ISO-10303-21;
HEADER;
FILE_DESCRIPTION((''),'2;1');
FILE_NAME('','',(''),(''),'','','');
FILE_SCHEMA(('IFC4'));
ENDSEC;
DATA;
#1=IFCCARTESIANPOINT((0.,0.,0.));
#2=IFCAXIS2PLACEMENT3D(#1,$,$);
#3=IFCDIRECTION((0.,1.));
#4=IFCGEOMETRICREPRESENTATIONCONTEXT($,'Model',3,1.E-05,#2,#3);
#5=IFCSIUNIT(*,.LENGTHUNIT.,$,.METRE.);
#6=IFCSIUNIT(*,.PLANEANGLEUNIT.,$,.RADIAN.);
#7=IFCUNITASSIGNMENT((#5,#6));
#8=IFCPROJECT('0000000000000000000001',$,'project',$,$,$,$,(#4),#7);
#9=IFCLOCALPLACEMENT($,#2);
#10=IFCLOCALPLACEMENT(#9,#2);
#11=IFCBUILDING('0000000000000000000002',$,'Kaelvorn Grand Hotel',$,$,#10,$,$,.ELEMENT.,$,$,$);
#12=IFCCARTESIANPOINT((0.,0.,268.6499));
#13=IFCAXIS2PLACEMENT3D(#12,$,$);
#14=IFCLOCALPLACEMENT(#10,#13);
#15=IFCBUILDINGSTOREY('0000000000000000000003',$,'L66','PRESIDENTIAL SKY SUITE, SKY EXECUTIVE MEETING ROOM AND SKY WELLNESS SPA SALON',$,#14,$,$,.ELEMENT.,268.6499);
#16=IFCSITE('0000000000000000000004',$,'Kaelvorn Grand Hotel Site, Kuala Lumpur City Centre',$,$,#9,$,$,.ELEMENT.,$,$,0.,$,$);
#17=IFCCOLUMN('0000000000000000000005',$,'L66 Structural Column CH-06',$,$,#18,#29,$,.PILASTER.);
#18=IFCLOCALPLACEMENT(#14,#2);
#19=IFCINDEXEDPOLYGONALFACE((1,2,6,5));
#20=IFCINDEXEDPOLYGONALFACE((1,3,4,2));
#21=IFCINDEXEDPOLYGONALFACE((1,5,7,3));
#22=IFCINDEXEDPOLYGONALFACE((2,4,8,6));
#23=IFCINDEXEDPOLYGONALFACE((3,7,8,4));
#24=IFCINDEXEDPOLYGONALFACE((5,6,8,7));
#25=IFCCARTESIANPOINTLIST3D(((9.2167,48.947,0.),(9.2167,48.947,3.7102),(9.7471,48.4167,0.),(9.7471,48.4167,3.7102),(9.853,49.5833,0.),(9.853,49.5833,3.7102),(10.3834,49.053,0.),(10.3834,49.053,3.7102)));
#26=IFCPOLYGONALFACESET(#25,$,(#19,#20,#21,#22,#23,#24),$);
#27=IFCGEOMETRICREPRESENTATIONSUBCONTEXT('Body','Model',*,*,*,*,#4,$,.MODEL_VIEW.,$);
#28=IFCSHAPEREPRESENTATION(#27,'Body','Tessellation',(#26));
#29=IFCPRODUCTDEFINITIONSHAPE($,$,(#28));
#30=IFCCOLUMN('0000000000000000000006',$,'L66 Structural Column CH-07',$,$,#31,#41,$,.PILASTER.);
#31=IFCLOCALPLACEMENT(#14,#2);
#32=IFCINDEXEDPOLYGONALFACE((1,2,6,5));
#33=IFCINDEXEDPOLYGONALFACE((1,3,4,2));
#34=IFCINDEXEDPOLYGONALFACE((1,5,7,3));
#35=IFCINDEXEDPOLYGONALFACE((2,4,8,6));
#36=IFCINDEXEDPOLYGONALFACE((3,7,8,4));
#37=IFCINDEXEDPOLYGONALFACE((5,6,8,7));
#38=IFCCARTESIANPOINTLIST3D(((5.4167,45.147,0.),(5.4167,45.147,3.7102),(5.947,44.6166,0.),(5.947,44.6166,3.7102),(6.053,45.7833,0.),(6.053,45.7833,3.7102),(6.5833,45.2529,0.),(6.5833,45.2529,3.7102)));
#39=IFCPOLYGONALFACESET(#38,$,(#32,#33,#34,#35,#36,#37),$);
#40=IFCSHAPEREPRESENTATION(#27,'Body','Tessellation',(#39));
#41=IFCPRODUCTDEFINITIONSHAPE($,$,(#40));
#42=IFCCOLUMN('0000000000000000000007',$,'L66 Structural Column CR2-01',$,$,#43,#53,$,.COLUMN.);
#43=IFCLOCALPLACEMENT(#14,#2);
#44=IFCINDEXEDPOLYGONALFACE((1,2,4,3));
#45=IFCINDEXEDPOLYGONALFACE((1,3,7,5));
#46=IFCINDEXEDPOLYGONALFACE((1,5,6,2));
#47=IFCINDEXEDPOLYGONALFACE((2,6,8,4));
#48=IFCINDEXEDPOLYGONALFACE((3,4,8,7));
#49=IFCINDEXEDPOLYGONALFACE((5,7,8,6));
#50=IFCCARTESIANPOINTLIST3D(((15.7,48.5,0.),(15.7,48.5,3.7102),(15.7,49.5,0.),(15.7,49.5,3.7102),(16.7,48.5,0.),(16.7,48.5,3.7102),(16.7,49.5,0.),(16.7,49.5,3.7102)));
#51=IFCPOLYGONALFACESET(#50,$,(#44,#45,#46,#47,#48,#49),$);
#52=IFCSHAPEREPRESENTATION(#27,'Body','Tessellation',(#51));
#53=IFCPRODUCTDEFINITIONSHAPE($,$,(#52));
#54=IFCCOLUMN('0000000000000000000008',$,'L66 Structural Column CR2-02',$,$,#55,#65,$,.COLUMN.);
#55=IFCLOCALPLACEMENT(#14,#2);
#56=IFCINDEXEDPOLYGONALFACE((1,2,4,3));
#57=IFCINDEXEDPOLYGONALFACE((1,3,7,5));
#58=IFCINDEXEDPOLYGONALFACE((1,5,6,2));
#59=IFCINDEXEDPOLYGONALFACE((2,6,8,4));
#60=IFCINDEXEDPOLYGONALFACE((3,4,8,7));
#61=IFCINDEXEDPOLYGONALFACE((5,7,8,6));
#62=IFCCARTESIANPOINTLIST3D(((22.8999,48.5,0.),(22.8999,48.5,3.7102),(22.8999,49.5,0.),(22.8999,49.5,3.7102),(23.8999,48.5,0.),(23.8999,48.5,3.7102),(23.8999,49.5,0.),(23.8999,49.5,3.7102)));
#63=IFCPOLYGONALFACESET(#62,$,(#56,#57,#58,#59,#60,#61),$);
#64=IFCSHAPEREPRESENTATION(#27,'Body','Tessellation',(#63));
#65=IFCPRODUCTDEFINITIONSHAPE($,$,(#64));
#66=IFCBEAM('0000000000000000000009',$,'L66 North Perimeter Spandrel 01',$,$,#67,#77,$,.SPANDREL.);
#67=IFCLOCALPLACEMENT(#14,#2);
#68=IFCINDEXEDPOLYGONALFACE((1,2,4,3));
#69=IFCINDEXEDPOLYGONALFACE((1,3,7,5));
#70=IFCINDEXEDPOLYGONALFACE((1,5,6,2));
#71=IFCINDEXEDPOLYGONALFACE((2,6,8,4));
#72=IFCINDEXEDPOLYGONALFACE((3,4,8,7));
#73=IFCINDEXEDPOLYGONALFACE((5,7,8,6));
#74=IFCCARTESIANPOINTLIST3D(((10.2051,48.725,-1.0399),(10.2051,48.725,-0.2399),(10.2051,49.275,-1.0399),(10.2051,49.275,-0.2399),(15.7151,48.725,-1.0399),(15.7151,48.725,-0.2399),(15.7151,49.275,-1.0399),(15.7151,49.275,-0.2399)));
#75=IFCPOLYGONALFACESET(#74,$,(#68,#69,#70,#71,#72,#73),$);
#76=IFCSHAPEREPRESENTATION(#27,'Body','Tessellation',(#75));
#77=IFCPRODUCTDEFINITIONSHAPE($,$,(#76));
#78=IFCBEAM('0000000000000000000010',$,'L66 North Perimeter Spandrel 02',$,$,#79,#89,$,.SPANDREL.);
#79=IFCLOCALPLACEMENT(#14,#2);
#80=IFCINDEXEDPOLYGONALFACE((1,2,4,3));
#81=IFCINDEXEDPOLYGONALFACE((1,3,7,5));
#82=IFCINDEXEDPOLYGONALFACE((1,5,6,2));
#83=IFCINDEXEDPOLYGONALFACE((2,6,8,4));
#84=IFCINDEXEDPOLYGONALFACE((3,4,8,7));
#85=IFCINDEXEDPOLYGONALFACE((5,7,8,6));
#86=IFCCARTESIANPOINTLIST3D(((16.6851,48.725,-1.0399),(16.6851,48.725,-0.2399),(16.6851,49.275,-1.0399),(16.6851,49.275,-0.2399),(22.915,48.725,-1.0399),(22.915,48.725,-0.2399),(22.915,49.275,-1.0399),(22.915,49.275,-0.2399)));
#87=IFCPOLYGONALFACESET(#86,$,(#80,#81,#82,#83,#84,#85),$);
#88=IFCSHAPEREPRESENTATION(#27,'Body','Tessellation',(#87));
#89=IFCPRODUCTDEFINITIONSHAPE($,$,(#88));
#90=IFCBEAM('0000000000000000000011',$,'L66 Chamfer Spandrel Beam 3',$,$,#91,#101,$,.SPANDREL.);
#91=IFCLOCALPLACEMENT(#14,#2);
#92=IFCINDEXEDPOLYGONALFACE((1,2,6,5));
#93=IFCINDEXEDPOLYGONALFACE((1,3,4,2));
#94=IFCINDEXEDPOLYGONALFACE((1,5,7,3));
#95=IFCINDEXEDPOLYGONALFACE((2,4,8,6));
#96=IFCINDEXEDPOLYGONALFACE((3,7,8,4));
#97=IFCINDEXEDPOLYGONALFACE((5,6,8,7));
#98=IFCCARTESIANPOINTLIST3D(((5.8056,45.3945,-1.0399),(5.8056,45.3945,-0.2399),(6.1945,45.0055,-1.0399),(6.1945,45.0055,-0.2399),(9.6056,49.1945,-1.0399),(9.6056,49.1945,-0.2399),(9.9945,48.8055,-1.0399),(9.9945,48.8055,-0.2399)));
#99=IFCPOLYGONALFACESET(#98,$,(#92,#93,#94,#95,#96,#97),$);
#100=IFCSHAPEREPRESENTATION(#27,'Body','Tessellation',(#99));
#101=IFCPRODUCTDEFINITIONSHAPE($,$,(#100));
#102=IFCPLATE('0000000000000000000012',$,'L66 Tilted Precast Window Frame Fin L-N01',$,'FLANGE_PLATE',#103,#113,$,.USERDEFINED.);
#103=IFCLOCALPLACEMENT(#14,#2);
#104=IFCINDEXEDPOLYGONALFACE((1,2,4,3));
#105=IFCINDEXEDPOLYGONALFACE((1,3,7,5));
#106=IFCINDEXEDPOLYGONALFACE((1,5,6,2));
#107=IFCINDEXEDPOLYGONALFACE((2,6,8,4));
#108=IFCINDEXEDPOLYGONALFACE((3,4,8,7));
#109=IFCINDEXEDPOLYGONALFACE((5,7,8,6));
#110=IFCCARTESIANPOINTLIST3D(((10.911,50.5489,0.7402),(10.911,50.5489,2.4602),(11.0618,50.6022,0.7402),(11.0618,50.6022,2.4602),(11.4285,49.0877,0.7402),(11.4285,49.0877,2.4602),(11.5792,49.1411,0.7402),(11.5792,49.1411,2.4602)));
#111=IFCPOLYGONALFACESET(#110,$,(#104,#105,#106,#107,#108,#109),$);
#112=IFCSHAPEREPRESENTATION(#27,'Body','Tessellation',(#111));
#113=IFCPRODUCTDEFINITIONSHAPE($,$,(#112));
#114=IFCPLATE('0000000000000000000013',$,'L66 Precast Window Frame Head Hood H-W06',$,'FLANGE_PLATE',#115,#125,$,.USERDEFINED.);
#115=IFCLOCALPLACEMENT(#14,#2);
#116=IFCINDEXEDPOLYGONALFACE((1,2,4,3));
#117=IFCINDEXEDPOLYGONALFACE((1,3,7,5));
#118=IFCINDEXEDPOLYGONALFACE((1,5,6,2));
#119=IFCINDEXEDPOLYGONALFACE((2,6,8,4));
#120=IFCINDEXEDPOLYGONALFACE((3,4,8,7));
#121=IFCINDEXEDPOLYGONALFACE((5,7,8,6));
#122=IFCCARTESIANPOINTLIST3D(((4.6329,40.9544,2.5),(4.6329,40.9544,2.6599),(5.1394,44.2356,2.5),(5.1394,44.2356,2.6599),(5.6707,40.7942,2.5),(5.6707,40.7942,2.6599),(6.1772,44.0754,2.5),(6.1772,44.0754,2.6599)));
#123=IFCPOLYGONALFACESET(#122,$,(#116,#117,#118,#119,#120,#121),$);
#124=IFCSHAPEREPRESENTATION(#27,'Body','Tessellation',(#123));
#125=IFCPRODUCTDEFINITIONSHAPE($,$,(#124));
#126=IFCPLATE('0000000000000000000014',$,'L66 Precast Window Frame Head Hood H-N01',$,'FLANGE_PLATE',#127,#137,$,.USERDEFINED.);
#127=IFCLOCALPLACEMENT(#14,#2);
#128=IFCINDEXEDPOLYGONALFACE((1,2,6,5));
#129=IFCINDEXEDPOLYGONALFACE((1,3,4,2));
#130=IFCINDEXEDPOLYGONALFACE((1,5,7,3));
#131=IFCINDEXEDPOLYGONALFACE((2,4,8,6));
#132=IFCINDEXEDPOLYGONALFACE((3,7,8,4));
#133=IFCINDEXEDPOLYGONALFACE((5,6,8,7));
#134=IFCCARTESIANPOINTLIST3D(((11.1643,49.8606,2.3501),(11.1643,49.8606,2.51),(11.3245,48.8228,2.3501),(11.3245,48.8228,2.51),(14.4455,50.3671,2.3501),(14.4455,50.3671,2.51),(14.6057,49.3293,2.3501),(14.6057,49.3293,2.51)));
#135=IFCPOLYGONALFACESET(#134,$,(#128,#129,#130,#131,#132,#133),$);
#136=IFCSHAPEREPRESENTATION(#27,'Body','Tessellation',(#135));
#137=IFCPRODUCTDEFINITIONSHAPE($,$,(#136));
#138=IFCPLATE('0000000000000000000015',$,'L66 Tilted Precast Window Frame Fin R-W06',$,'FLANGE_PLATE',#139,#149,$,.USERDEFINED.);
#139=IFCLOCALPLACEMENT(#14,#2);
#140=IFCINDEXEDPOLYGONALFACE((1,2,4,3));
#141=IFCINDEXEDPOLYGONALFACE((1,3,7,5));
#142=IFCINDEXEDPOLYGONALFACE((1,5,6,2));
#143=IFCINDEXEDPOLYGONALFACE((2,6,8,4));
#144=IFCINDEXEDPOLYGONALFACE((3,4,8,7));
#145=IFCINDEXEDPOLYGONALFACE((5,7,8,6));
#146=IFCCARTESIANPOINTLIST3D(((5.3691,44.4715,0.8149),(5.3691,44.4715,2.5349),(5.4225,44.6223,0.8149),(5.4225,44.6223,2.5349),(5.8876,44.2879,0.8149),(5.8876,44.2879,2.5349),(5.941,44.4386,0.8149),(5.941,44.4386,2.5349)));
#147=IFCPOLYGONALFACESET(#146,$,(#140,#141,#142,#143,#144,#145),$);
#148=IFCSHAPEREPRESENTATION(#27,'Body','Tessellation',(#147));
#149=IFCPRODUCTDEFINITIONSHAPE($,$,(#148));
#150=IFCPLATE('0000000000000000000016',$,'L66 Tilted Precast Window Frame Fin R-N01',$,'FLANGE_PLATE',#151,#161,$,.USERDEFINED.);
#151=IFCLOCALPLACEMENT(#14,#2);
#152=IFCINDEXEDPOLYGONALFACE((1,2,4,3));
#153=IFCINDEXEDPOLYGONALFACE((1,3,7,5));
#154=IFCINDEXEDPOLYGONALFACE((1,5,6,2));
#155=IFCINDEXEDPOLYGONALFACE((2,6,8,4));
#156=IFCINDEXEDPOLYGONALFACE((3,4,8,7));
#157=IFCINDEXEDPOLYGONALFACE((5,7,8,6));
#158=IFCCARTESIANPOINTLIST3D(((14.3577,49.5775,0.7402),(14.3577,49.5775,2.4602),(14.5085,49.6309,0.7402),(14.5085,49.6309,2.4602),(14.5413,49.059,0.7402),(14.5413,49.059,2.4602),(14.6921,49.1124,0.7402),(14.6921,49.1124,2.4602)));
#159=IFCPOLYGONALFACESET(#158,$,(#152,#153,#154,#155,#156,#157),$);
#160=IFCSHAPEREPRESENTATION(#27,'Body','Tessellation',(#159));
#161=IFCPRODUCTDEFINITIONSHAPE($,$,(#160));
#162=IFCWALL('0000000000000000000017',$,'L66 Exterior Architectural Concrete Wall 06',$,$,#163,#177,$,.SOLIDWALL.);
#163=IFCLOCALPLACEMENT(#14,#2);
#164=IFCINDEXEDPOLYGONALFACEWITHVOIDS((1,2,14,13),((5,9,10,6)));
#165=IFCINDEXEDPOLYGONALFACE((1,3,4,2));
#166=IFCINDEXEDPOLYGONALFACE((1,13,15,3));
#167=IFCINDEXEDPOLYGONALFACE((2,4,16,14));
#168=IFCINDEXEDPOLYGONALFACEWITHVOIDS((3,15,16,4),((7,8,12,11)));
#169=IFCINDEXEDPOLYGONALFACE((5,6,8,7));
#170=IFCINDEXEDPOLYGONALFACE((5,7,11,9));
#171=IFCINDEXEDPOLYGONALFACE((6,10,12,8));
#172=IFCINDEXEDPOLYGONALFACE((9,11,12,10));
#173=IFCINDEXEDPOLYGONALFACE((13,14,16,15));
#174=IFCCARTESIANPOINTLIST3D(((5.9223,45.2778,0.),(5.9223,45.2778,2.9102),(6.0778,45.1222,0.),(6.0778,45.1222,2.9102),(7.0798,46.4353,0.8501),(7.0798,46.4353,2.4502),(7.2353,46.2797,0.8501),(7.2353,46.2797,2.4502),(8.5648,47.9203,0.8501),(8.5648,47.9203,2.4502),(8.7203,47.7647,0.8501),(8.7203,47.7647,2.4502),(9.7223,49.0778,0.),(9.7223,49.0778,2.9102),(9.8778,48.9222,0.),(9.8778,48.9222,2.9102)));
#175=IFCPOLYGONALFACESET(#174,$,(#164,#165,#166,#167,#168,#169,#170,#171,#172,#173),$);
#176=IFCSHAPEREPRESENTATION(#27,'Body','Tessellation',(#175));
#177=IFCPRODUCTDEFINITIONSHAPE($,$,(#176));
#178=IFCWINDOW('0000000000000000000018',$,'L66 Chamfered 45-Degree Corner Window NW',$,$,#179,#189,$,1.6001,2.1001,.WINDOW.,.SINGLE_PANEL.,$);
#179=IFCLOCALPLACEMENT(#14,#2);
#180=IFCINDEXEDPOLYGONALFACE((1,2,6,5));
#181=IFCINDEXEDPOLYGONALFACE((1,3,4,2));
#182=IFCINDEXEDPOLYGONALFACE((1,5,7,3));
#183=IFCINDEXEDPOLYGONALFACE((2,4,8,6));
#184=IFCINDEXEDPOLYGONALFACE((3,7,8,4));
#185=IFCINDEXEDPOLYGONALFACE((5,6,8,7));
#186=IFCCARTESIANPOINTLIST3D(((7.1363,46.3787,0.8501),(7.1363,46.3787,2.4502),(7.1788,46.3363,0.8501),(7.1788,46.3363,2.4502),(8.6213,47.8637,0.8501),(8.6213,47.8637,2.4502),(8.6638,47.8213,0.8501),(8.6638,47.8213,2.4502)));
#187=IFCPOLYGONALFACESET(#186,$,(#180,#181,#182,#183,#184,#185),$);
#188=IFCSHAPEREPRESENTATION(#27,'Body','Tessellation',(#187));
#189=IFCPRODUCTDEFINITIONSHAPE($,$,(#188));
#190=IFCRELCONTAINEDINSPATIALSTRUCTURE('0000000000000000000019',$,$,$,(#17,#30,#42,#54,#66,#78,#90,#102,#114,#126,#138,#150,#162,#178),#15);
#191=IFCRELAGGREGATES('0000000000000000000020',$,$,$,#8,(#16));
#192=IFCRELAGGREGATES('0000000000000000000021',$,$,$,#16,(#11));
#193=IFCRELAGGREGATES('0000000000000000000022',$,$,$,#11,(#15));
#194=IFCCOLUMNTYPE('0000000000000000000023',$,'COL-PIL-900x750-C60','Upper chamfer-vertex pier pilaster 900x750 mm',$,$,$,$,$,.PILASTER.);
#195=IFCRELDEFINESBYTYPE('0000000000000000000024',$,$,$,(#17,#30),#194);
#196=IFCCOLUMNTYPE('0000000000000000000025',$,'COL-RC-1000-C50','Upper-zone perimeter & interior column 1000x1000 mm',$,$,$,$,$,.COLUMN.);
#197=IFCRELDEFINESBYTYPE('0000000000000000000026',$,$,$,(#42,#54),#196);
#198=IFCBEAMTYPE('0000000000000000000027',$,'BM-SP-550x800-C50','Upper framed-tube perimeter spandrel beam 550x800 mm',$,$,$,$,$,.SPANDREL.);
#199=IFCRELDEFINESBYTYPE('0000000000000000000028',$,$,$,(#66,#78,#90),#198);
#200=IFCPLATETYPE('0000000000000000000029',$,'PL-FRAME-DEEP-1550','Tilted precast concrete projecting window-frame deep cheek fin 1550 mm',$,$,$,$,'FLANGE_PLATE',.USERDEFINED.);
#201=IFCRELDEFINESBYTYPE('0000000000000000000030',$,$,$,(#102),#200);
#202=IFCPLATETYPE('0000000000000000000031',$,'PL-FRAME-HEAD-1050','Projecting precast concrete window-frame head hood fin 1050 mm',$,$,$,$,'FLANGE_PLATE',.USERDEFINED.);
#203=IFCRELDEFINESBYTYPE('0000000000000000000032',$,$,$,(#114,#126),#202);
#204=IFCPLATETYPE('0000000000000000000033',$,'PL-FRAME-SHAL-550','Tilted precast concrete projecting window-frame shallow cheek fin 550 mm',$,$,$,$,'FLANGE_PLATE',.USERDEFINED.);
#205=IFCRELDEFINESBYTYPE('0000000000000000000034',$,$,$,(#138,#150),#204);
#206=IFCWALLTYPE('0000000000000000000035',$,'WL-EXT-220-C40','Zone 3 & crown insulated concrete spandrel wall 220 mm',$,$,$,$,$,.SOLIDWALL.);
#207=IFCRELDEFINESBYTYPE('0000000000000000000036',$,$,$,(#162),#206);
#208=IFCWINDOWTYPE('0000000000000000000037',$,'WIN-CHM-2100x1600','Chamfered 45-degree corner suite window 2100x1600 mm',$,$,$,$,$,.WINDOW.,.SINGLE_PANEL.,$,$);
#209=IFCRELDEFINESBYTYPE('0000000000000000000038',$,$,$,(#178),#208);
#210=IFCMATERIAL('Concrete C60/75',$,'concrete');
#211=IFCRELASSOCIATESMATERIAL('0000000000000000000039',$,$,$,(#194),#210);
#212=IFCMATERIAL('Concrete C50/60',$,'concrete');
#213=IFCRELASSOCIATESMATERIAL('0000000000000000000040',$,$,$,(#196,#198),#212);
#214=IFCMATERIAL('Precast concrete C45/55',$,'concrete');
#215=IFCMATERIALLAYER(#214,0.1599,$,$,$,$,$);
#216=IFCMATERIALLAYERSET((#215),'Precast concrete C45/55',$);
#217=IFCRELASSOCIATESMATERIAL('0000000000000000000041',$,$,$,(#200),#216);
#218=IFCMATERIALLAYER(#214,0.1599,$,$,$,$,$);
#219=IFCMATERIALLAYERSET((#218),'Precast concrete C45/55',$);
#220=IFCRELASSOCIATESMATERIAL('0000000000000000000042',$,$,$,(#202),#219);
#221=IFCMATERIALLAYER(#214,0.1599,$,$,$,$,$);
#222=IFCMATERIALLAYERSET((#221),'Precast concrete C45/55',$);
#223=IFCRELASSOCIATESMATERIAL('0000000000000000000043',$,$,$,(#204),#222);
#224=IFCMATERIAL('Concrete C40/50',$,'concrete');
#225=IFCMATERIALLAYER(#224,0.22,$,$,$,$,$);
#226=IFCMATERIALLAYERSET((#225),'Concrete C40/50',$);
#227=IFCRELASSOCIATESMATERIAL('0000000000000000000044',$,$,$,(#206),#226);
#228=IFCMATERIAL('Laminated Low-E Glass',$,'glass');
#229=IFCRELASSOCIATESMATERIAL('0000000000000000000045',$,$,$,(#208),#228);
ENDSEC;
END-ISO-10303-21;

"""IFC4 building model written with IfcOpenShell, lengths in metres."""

from ifc_helpers import new_model, si_unit, direction, frame, frame_2d, origin, origin_2d, place, context, subcontext, project, spatial, rectangle, extrude, material, layer, layer_set, material_profile, profile_set, type_object, element, fill, save


model = new_model("IFC4")

# Units and contexts
model_context = context("Model", 3, precision=1e-05, world=origin(), true_north=direction((0.0, 1.0)))
body_context = subcontext(model_context, "Body", "Model", "MODEL_VIEW")
ifc_project = project(units=[si_unit("LENGTHUNIT", "METRE"), si_unit("PLANEANGLEUNIT", "RADIAN")], contexts=[model_context])

# Site, building, storey
site_placement = place(None, origin())
site = spatial("IfcSite", under=ifc_project, at=site_placement, Name="Kaelvorn Grand Hotel Site, Kuala Lumpur City Centre", CompositionType="ELEMENT", RefElevation=0.0)
building_placement = place(site_placement, origin())
building = spatial("IfcBuilding", under=site, at=building_placement, Name="Kaelvorn Grand Hotel", CompositionType="ELEMENT")
storey_placement = place(building_placement, frame((0.0, 0.0, 268.6499)))
storey = spatial("IfcBuildingStorey", under=building, at=storey_placement, Name="L66", Description="PRESIDENTIAL SKY SUITE, SKY EXECUTIVE MEETING ROOM AND SKY WELLNESS SPA SALON", CompositionType="ELEMENT", Elevation=268.6499)

# Columns
ifc_material_1 = material(Name="Concrete C60/75", Category="concrete")
ifc_material_profile_1 = material_profile(ifc_material_1, rectangle(XDim=0.8999, YDim=0.75, at=origin_2d()), Name="RC PILASTER 900x750")
ifc_profile_set_1 = profile_set([ifc_material_profile_1], Name="Concrete C60/75")
column_type_1 = type_object("IfcColumnType", Name="COL-PIL-900x750-C60", Description="Upper chamfer-vertex pier pilaster 900x750 mm", PredefinedType="PILASTER", material=ifc_profile_set_1)
for number, where, z_axis, x_axis, name in (
    (1, (9.8, 49.0, 0.0), (0.0, 0.0, 1.0), (0.707107, 0.707107, 0.0), "L66 Structural Column CH-06"),
    (2, (6.0, 45.2, 0.0), (0.0, 0.0, 1.0), (0.707107, 0.707107, 0.0), "L66 Structural Column CH-07"),
):
    element("IfcColumn", number, at=place(storey_placement, frame(where, z_axis=z_axis, x_axis=x_axis)), inside=storey, type_object=column_type_1, Name=name, PredefinedType="PILASTER", context=body_context, shape_type="SweptSolid", body=[
        extrude(rectangle(XDim=0.8999, YDim=0.75, at=origin_2d()), origin(), (0.0, 0.0, 1.0), 3.7102),
    ])
ifc_material_2 = material(Name="Concrete C50/60", Category="concrete")
ifc_material_profile_2 = material_profile(ifc_material_2, rectangle(XDim=1.0, YDim=1.0, at=origin_2d()), Name="RC COL 1000x1000")
ifc_profile_set_2 = profile_set([ifc_material_profile_2], Name="Concrete C50/60")
column_type_2 = type_object("IfcColumnType", Name="COL-RC-1000-C50", Description="Upper-zone perimeter & interior column 1000x1000 mm", PredefinedType="COLUMN", material=ifc_profile_set_2)
for number, where, z_axis, x_axis, name in (
    (3, (16.2, 49.0, 0.0), (0.0, 0.0, 1.0), (1.0, 0.0, 0.0), "L66 Structural Column CR2-01"),
    (4, (23.3999, 49.0, 0.0), (0.0, 0.0, 1.0), (1.0, 0.0, 0.0), "L66 Structural Column CR2-02"),
):
    element("IfcColumn", number, at=place(storey_placement, frame(where, z_axis=z_axis, x_axis=x_axis)), inside=storey, type_object=column_type_2, Name=name, PredefinedType="COLUMN", context=body_context, shape_type="SweptSolid", body=[
        extrude(rectangle(XDim=1.0, YDim=1.0, at=origin_2d()), origin(), (0.0, 0.0, 1.0), 3.7102),
    ])

# Beams
ifc_material_profile_3 = material_profile(ifc_material_2, rectangle(XDim=0.55, YDim=0.8, at=origin_2d()), Name="RC SPANDREL 550x800")
ifc_profile_set_3 = profile_set([ifc_material_profile_3], Name="Concrete C50/60")
beam_type = type_object("IfcBeamType", Name="BM-SP-550x800-C50", Description="Upper framed-tube perimeter spandrel beam 550x800 mm", PredefinedType="SPANDREL", material=ifc_profile_set_3)
beam_1_placement = place(storey_placement, frame((10.2051, 49.0, -0.6399), z_axis=(1.0, 0.0, 0.0), x_axis=(0.0, 1.0, 0.0)))
element("IfcBeam", 5, at=beam_1_placement, inside=storey, type_object=beam_type, Name="L66 North Perimeter Spandrel 01", PredefinedType="SPANDREL", context=body_context, shape_type="SweptSolid", body=[
    extrude(rectangle(XDim=0.55, YDim=0.8, at=origin_2d()), origin(), (0.0, 0.0, 1.0), 5.51),
])
beam_2_placement = place(storey_placement, frame((16.6851, 49.0, -0.6399), z_axis=(1.0, 0.0, 0.0), x_axis=(0.0, 1.0, 0.0)))
element("IfcBeam", 6, at=beam_2_placement, inside=storey, type_object=beam_type, Name="L66 North Perimeter Spandrel 02", PredefinedType="SPANDREL", context=body_context, shape_type="SweptSolid", body=[
    extrude(rectangle(XDim=0.55, YDim=0.8, at=origin_2d()), origin(), (0.0, 0.0, 1.0), 6.23),
])
beam_3_placement = place(storey_placement, frame((9.8, 49.0, -0.6399), z_axis=(-0.707107, -0.707107, 0.0), x_axis=(0.707107, -0.707107, 0.0)))
element("IfcBeam", 7, at=beam_3_placement, inside=storey, type_object=beam_type, Name="L66 Chamfer Spandrel Beam 3", PredefinedType="SPANDREL", context=body_context, shape_type="SweptSolid", body=[
    extrude(rectangle(XDim=0.55, YDim=0.8, at=origin_2d()), origin(), (0.0, 0.0, 1.0), 5.374),
])

# Plates
ifc_material_3 = material(Name="Precast concrete C45/55", Category="concrete")
ifc_layer_1 = layer(ifc_material_3, 0.1599)
ifc_layer_set_1 = layer_set([ifc_layer_1], Name="Precast concrete C45/55")
plate_type_1 = type_object("IfcPlateType", Name="PL-FRAME-DEEP-1550", Description="Tilted precast concrete projecting window-frame deep cheek fin 1550 mm", ElementType="FLANGE_PLATE", PredefinedType="USERDEFINED", material=ifc_layer_set_1)
plate_placement = place(storey_placement, frame((11.2451, 49.845, 0.7402), z_axis=(0.0, 0.0, 1.0), x_axis=(0.942641, 0.333807, 0.0)))
element("IfcPlate", 8, at=plate_placement, inside=storey, type_object=plate_type_1, Name="L66 Tilted Precast Window Frame Fin L-N01", ObjectType="FLANGE_PLATE", PredefinedType="USERDEFINED", context=body_context, shape_type="SweptSolid", body=[
    extrude(rectangle(XDim=0.1599, YDim=1.55, at=origin_2d()), origin(), (0.0, 0.0, 1.0), 1.72),
])
ifc_layer_2 = layer(ifc_material_3, 0.1599)
ifc_layer_set_2 = layer_set([ifc_layer_2], Name="Precast concrete C45/55")
plate_type_2 = type_object("IfcPlateType", Name="PL-FRAME-HEAD-1050", Description="Projecting precast concrete window-frame head hood fin 1050 mm", ElementType="FLANGE_PLATE", PredefinedType="USERDEFINED", material=ifc_layer_set_2)
for number, where, z_axis, x_axis, name in (
    (9, (5.405, 42.5149, 2.5), (0.0, 0.0, 1.0), (0.152555, 0.988295, 0.0), "L66 Precast Window Frame Head Hood H-W06"),
    (10, (12.885, 49.595, 2.3501), (0.0, 0.0, 1.0), (0.988295, 0.152555, 0.0), "L66 Precast Window Frame Head Hood H-N01"),
):
    element("IfcPlate", number, at=place(storey_placement, frame(where, z_axis=z_axis, x_axis=x_axis)), inside=storey, type_object=plate_type_2, Name=name, ObjectType="FLANGE_PLATE", PredefinedType="USERDEFINED", context=body_context, shape_type="SweptSolid", body=[
        extrude(rectangle(XDim=3.3201, YDim=1.05, at=origin_2d()), origin(), (0.0, 0.0, 1.0), 0.1599),
    ])
ifc_layer_3 = layer(ifc_material_3, 0.1599)
ifc_layer_set_3 = layer_set([ifc_layer_3], Name="Precast concrete C45/55")
plate_type_3 = type_object("IfcPlateType", Name="PL-FRAME-SHAL-550", Description="Tilted precast concrete projecting window-frame shallow cheek fin 550 mm", ElementType="FLANGE_PLATE", PredefinedType="USERDEFINED", material=ifc_layer_set_3)
for number, where, z_axis, x_axis, name in (
    (11, (5.655, 44.4551, 0.8149), (0.0, 0.0, 1.0), (0.333807, 0.942641, 0.0), "L66 Tilted Precast Window Frame Fin R-W06"),
    (12, (14.5249, 49.345, 0.7402), (0.0, 0.0, 1.0), (0.942641, 0.333807, 0.0), "L66 Tilted Precast Window Frame Fin R-N01"),
):
    element("IfcPlate", number, at=place(storey_placement, frame(where, z_axis=z_axis, x_axis=x_axis)), inside=storey, type_object=plate_type_3, Name=name, ObjectType="FLANGE_PLATE", PredefinedType="USERDEFINED", context=body_context, shape_type="SweptSolid", body=[
        extrude(rectangle(XDim=0.1599, YDim=0.55, at=origin_2d()), origin(), (0.0, 0.0, 1.0), 1.72),
    ])

# Wall, opening, window
ifc_material_4 = material(Name="Concrete C40/50", Category="concrete")
ifc_layer_4 = layer(ifc_material_4, 0.22)
ifc_layer_set_4 = layer_set([ifc_layer_4], Name="Concrete C40/50")
wall_type_1 = type_object("IfcWallType", Name="WL-EXT-220-C40", Description="Zone 3 & crown insulated concrete spandrel wall 220 mm", PredefinedType="SOLIDWALL", material=ifc_layer_set_4)
wall_1_placement = place(storey_placement, frame((9.8, 49.0, 0.0), z_axis=(0.0, 0.0, 1.0), x_axis=(-0.707107, -0.707107, 0.0)))
wall_1 = element("IfcWall", 13, at=wall_1_placement, inside=storey, type_object=wall_type_1, Name="L66 Exterior Architectural Concrete Wall 06", PredefinedType="SOLIDWALL", context=body_context, shape_type="SweptSolid", body=[
    extrude(rectangle(XDim=5.374, YDim=0.22, at=frame_2d((2.687, 0.0))), origin(), (0.0, 0.0, 1.0), 2.9102),
])
opening_1_placement = place(wall_1_placement, frame((1.637, 0.0, 0.8501)))
opening_1 = element("IfcOpeningElement", 14, at=opening_1_placement, cuts=wall_1, PredefinedType="OPENING", context=body_context, shape_type="SweptSolid", body=[
    extrude(rectangle(XDim=2.1001, YDim=1.6001, at=frame_2d((1.05, 0.8))), frame((0.0, 0.1201, 0.0), z_axis=(0.0, -1.0, 0.0), x_axis=(1.0, 0.0, 0.0)), (0.0, 0.0, 1.0), 0.24),
])
ifc_material_5 = material(Name="Laminated Low-E Glass", Category="glass")
window_type_1 = type_object("IfcWindowType", Name="WIN-CHM-2100x1600", Description="Chamfered 45-degree corner suite window 2100x1600 mm", PartitioningType="SINGLE_PANEL", PredefinedType="WINDOW", material=ifc_material_5)
window_1_placement = place(opening_1_placement, origin())
window_1 = element("IfcWindow", 15, at=window_1_placement, inside=storey, type_object=window_type_1, Name="L66 Chamfered 45-Degree Corner Window NW", OverallHeight=1.6001, OverallWidth=2.1001, PartitioningType="SINGLE_PANEL", PredefinedType="WINDOW", context=body_context, shape_type="SweptSolid", body=[
    extrude(rectangle(XDim=2.1001, YDim=1.6001, at=frame_2d((1.05, 0.8))), frame((0.0, 0.03, 0.0), z_axis=(0.0, -1.0, 0.0), x_axis=(1.0, 0.0, 0.0)), (0.0, 0.0, 1.0), 0.0601),
])
fill(opening_1, window_1)

save(model, "model.ifc")
